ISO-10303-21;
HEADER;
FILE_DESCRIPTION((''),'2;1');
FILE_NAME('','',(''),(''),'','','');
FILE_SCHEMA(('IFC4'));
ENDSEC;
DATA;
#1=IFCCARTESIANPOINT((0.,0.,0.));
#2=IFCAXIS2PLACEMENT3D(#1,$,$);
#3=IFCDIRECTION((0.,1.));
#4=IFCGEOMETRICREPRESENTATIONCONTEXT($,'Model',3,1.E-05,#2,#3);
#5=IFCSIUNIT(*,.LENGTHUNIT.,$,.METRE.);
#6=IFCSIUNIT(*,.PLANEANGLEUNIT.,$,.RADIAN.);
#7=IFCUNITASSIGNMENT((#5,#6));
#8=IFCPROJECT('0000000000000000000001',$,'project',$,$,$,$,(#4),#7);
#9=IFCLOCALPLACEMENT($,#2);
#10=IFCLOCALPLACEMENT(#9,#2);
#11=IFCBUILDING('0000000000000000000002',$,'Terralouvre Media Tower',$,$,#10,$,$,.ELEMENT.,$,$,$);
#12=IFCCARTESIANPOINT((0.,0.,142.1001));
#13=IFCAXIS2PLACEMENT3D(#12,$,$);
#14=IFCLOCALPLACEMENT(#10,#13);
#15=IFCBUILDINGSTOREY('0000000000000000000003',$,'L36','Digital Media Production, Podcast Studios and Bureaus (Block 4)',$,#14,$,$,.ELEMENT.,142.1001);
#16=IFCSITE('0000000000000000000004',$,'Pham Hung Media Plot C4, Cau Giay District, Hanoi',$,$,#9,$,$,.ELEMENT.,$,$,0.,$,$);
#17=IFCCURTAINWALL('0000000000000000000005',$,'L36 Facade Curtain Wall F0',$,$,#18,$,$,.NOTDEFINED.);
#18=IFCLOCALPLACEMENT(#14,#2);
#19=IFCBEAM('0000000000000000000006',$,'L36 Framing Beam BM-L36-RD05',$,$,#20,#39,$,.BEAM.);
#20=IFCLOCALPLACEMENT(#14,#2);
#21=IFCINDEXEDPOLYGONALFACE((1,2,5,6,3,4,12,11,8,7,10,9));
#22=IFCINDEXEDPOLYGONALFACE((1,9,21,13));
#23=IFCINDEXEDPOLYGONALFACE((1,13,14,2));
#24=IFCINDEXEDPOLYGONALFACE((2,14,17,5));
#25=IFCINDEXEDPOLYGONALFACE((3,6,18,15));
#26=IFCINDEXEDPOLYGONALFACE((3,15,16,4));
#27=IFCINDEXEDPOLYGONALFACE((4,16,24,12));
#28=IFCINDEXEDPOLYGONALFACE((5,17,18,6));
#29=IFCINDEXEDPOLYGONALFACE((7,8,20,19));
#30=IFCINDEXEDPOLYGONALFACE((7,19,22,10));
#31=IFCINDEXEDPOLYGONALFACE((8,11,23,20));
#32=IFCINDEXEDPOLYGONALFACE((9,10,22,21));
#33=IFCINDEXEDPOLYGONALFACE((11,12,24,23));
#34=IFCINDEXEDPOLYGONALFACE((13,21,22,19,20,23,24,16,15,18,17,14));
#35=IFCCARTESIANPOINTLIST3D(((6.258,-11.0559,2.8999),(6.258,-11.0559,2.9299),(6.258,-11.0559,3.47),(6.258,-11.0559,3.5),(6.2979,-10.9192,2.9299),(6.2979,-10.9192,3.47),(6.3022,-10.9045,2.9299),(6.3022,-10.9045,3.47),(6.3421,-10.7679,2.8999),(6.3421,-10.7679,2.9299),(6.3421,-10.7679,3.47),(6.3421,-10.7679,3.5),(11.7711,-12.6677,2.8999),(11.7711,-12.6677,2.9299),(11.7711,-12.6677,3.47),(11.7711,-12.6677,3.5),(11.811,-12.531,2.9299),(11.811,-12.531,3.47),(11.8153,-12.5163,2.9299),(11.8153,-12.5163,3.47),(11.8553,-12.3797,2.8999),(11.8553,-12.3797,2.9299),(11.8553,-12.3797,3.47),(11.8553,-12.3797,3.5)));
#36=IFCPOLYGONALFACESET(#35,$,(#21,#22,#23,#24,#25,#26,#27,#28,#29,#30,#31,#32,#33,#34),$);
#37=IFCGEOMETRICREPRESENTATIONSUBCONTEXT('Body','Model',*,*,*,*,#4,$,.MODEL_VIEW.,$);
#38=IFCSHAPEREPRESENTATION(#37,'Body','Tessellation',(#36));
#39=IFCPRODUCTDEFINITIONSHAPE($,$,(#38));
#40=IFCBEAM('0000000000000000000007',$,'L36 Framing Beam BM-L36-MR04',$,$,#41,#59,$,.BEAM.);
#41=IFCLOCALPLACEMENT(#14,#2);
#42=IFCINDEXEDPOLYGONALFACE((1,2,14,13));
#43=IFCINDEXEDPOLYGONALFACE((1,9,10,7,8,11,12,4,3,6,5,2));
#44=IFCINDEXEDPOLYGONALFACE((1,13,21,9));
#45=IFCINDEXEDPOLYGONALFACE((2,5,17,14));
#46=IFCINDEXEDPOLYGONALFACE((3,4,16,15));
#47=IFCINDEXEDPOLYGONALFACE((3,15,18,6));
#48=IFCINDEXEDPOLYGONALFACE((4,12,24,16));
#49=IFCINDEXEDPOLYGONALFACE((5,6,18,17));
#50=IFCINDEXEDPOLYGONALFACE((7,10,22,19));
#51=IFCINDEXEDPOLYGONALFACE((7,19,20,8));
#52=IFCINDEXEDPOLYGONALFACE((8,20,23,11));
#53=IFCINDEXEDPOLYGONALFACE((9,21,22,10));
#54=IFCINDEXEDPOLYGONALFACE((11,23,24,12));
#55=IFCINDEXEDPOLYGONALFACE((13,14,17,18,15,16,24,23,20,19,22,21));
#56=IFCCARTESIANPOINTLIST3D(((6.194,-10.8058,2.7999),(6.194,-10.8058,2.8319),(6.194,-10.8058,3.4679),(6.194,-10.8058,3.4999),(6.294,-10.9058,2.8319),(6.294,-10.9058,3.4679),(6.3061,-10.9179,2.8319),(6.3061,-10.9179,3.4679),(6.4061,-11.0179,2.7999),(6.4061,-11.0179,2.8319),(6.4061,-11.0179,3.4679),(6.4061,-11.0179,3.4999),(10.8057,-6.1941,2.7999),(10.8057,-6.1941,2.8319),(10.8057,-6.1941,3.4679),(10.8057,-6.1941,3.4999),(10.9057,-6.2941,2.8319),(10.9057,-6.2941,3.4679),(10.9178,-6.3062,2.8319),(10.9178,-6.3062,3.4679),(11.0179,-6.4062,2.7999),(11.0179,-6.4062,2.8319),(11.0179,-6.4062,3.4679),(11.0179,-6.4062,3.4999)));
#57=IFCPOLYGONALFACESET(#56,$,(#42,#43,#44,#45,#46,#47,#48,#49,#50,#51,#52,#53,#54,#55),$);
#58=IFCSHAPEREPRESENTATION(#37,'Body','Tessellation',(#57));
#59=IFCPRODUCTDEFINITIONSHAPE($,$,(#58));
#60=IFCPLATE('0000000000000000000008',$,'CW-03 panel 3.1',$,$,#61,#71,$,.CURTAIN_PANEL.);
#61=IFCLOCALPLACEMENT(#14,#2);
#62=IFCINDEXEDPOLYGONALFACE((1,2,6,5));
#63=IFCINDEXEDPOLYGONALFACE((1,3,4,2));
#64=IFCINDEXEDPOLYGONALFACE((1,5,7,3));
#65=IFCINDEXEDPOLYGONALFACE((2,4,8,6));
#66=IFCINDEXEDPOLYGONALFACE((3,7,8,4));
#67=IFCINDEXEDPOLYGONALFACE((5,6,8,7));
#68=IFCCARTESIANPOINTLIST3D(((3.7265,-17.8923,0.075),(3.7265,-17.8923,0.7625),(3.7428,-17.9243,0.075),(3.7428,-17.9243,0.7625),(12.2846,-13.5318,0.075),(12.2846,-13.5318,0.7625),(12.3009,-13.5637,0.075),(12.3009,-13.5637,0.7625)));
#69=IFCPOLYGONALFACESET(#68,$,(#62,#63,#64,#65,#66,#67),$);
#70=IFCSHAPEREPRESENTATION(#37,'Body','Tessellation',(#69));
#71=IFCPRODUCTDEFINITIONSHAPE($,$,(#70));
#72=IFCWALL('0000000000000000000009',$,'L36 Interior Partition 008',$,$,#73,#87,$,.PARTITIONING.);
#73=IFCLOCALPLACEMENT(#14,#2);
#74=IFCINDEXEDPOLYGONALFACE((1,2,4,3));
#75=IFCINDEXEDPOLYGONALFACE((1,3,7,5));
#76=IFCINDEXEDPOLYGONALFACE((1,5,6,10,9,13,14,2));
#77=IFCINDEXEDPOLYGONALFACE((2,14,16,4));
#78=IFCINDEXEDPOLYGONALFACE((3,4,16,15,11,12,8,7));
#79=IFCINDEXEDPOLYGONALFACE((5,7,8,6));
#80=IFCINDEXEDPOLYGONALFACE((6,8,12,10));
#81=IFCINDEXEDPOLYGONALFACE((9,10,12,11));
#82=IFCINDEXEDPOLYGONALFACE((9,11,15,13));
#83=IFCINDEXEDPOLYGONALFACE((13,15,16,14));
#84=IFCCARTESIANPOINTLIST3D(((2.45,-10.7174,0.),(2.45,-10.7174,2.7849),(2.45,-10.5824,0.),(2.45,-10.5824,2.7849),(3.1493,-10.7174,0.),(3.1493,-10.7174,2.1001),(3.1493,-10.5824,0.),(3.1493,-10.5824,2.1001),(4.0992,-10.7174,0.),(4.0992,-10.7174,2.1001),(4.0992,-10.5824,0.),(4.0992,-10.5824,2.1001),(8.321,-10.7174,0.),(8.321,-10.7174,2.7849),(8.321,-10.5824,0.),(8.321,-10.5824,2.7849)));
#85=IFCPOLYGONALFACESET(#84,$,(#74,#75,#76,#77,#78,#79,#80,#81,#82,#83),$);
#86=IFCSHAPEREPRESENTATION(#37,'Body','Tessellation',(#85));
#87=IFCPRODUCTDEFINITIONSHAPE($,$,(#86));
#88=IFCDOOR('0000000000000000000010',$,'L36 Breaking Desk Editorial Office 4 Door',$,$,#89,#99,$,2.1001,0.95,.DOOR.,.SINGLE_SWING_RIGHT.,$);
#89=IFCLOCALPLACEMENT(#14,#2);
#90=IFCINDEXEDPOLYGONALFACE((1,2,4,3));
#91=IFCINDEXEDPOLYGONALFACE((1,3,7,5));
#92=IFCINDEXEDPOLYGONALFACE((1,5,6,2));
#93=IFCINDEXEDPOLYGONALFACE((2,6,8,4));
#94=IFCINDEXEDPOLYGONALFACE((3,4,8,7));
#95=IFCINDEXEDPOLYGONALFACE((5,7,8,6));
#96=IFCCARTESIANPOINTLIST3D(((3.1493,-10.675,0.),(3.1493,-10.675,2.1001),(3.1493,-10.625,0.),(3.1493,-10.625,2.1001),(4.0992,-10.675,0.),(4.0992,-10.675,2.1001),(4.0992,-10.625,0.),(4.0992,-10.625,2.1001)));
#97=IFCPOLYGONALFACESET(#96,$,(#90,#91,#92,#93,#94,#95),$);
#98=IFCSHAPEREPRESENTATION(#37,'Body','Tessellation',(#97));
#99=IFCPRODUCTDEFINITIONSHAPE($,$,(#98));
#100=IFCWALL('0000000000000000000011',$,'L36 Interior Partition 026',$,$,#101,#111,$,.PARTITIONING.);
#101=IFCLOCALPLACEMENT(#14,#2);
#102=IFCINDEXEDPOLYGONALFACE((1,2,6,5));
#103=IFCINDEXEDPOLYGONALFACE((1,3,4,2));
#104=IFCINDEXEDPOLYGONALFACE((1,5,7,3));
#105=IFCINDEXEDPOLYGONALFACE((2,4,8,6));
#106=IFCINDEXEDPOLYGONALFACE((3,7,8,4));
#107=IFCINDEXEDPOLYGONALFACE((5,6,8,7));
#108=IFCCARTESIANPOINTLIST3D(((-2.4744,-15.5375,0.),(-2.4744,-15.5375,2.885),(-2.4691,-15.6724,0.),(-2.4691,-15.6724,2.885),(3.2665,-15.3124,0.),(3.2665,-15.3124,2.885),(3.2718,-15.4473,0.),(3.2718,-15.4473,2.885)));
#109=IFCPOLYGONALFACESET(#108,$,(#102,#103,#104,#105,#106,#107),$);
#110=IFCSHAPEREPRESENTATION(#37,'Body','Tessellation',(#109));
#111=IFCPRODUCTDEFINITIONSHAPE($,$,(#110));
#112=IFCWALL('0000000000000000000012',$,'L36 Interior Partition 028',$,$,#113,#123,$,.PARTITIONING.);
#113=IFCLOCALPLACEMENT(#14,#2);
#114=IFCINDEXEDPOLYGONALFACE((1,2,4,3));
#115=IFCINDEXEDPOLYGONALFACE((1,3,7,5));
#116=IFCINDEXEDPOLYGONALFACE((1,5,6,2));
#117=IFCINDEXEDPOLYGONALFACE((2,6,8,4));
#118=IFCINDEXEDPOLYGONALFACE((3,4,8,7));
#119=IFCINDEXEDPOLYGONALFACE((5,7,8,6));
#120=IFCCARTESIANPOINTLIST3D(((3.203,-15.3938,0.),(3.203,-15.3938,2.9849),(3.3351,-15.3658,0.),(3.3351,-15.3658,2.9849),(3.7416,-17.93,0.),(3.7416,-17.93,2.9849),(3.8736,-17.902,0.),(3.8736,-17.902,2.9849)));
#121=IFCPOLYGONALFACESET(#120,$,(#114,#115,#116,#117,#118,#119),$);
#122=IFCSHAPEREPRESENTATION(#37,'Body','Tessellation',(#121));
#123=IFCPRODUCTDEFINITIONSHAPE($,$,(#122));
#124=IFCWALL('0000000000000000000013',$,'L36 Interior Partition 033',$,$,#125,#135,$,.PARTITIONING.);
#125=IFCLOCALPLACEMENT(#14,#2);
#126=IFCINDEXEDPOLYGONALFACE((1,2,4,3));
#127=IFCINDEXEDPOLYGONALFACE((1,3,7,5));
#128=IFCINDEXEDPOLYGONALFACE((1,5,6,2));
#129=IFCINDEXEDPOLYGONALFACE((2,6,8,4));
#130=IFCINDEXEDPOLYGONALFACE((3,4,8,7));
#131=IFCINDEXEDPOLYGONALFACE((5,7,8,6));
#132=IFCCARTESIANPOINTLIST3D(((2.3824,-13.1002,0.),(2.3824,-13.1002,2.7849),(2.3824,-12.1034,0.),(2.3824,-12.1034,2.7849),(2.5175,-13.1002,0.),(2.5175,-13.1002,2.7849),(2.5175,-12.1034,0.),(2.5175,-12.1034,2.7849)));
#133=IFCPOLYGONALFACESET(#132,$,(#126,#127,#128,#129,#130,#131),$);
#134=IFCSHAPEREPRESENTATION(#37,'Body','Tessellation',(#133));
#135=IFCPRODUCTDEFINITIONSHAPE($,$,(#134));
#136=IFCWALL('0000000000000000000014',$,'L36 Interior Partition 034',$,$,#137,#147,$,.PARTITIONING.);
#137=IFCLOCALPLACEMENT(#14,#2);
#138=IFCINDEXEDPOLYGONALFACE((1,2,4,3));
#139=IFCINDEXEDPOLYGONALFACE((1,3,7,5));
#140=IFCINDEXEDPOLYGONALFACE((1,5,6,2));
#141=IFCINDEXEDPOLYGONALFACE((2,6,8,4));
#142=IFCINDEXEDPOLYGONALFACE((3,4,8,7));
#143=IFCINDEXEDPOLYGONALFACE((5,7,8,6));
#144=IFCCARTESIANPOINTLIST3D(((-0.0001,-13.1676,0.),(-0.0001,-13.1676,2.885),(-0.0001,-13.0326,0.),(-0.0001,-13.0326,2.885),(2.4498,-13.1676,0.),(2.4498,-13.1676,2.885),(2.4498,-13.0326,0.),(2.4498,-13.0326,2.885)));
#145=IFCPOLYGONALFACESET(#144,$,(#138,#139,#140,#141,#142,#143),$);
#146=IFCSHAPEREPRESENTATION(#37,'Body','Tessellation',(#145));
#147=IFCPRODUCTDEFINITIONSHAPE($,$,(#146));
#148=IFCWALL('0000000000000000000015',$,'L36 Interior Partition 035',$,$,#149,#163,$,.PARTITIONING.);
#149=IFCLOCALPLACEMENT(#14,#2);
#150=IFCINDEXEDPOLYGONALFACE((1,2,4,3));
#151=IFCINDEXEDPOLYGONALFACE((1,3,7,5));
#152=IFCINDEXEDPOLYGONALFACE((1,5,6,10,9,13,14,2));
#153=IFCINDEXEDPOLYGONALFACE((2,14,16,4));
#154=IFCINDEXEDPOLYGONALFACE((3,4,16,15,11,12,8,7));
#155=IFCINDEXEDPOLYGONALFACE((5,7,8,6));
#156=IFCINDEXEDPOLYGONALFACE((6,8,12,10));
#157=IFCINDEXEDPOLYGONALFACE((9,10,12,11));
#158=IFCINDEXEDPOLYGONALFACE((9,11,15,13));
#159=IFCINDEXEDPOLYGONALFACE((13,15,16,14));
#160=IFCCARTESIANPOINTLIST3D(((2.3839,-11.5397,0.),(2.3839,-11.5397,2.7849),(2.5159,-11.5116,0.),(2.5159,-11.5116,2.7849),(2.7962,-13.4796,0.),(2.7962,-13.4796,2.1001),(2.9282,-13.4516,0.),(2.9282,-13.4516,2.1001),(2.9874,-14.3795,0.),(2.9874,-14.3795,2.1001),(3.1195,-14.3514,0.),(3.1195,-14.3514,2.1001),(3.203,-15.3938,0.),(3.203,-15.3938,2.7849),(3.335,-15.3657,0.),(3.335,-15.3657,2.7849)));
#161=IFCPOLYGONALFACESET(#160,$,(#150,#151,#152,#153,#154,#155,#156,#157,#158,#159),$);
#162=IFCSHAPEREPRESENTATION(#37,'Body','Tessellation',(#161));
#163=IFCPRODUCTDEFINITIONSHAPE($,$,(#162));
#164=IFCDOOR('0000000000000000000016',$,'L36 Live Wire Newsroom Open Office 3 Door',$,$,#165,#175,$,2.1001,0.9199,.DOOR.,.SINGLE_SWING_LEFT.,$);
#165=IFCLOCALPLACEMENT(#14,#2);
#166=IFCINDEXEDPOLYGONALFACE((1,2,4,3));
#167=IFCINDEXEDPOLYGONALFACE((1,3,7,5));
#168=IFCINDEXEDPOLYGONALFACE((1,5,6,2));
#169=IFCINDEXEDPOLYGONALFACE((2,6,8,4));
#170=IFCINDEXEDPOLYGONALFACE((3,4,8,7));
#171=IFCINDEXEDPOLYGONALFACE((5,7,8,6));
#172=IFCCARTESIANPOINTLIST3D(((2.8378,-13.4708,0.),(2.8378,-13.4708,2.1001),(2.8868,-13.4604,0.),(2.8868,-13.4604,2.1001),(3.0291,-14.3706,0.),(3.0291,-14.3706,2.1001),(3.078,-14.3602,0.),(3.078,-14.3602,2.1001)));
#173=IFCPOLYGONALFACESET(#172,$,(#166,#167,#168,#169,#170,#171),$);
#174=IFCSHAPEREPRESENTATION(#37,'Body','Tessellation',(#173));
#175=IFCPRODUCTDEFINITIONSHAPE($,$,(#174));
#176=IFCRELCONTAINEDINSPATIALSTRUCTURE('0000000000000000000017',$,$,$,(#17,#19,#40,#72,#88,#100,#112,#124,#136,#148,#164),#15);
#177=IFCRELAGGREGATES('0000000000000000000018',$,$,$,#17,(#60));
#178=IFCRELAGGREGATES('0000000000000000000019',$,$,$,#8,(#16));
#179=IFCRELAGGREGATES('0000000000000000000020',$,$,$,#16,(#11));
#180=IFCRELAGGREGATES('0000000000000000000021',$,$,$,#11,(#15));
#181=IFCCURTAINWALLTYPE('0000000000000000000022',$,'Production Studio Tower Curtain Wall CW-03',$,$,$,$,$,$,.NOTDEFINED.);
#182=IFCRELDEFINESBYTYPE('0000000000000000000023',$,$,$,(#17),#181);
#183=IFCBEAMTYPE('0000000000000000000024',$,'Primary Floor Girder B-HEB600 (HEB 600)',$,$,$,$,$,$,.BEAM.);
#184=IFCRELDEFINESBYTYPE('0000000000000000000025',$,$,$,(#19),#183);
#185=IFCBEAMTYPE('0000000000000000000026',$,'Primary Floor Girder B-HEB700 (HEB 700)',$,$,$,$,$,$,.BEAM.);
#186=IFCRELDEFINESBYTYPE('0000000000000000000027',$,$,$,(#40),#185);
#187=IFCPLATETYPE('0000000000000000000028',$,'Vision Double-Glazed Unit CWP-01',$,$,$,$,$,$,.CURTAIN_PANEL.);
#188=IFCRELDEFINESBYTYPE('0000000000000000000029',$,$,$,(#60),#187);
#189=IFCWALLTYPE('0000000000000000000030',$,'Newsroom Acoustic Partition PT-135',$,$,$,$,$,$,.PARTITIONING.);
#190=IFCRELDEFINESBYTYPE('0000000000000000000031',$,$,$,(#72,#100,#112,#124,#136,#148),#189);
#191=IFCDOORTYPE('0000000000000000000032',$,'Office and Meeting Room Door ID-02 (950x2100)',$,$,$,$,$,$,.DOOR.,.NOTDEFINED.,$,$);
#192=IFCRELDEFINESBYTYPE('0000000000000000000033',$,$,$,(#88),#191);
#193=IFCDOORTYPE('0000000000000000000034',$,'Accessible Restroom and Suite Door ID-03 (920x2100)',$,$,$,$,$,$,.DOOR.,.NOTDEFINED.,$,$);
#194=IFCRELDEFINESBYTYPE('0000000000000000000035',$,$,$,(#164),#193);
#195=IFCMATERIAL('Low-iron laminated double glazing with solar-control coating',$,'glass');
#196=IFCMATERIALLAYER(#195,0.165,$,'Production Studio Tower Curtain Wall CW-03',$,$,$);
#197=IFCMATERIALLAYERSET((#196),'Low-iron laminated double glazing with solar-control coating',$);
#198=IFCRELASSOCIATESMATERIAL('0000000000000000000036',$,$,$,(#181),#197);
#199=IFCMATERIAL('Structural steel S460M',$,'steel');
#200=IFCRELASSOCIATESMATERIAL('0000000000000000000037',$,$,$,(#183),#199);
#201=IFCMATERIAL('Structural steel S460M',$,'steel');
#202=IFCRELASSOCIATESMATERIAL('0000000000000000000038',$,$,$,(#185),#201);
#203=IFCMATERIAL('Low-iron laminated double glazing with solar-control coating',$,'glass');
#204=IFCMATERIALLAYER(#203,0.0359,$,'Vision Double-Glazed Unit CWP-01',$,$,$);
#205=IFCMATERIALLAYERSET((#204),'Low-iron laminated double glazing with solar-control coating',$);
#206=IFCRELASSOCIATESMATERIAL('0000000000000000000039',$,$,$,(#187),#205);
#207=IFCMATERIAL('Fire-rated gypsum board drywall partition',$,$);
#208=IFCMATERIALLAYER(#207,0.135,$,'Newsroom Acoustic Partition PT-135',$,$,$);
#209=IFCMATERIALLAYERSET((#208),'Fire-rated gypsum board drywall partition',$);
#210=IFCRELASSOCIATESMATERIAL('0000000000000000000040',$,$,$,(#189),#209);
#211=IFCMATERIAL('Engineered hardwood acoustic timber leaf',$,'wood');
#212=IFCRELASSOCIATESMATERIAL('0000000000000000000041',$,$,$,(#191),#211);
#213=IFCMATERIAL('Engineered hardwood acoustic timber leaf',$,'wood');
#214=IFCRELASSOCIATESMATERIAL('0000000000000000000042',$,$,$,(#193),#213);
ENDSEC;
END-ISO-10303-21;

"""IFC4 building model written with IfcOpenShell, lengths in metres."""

from ifc_helpers import new_model, si_unit, direction, frame, frame_2d, origin, origin_2d, place, context, subcontext, project, spatial, rectangle, i_section, extrude, material, layer, layer_set, material_profile, profile_set, type_object, element, fill, aggregate, save


model = new_model("IFC4")

# Units and contexts
model_context = context("Model", 3, precision=1e-05, world=origin(), true_north=direction((0.0, 1.0)))
body_context = subcontext(model_context, "Body", "Model", "MODEL_VIEW")
ifc_project = project(units=[si_unit("LENGTHUNIT", "METRE"), si_unit("PLANEANGLEUNIT", "RADIAN")], contexts=[model_context])

# Site, building, storey
site_placement = place(None, origin())
site = spatial("IfcSite", under=ifc_project, at=site_placement, Name="Pham Hung Media Plot C4, Cau Giay District, Hanoi", CompositionType="ELEMENT", RefElevation=0.0)
building_placement = place(site_placement, origin())
building = spatial("IfcBuilding", under=site, at=building_placement, Name="Terralouvre Media Tower", CompositionType="ELEMENT")
storey_placement = place(building_placement, frame((0.0, 0.0, 142.1001)))
storey = spatial("IfcBuildingStorey", under=building, at=storey_placement, Name="L36", Description="Digital Media Production, Podcast Studios and Bureaus (Block 4)", CompositionType="ELEMENT", Elevation=142.1001)

# Curtain wall
ifc_material_1 = material(Name="Low-iron laminated double glazing with solar-control coating", Category="glass")
ifc_layer_1 = layer(ifc_material_1, 0.165, Name="Production Studio Tower Curtain Wall CW-03")
ifc_layer_set_1 = layer_set([ifc_layer_1], Name="Low-iron laminated double glazing with solar-control coating")
curtain_wall_type = type_object("IfcCurtainWallType", Name="Production Studio Tower Curtain Wall CW-03", PredefinedType="NOTDEFINED", material=ifc_layer_set_1)
curtain_wall_placement = place(storey_placement, origin())
curtain_wall = element("IfcCurtainWall", 1, at=curtain_wall_placement, inside=storey, type_object=curtain_wall_type, Name="L36 Facade Curtain Wall F0", PredefinedType="NOTDEFINED")

# Beams
ifc_material_2 = material(Name="Structural steel S460M", Category="steel")
ifc_material_profile_1 = material_profile(ifc_material_2, i_section(OverallWidth=0.3, OverallDepth=0.6001, WebThickness=0.0154, FlangeThickness=0.03, at=origin_2d()), Name="HEB 600")
ifc_profile_set_1 = profile_set([ifc_material_profile_1], Name="Structural steel S460M")
beam_type_1 = type_object("IfcBeamType", Name="Primary Floor Girder B-HEB600 (HEB 600)", PredefinedType="BEAM", material=ifc_profile_set_1)
beam_1_placement = place(storey_placement, frame((6.3, -10.9119, 3.2), z_axis=(0.959822, -0.28061, 0.0), x_axis=(0.28061, 0.959822, 0.0)))
element("IfcBeam", 2, at=beam_1_placement, inside=storey, type_object=beam_type_1, Name="L36 Framing Beam BM-L36-RD05", PredefinedType="BEAM", context=body_context, shape_type="SweptSolid", body=[
    extrude(i_section(OverallWidth=0.3, OverallDepth=0.6001, WebThickness=0.0154, FlangeThickness=0.03, at=origin_2d()), origin(), (0.0, 0.0, 1.0), 5.7439),
])
ifc_material_3 = material(Name="Structural steel S460M", Category="steel")
ifc_material_profile_2 = material_profile(ifc_material_3, i_section(OverallWidth=0.3, OverallDepth=0.7, WebThickness=0.0171, FlangeThickness=0.032, at=origin_2d()), Name="HEB 700")
ifc_profile_set_2 = profile_set([ifc_material_profile_2], Name="Structural steel S460M")
beam_type_2 = type_object("IfcBeamType", Name="Primary Floor Girder B-HEB700 (HEB 700)", PredefinedType="BEAM", material=ifc_profile_set_2)
beam_2_placement = place(storey_placement, frame((6.3, -10.9119, 3.1499), z_axis=(0.707107, 0.707107, 0.0), x_axis=(-0.707107, 0.707107, 0.0)))
element("IfcBeam", 3, at=beam_2_placement, inside=storey, type_object=beam_type_2, Name="L36 Framing Beam BM-L36-MR04", PredefinedType="BEAM", context=body_context, shape_type="SweptSolid", body=[
    extrude(i_section(OverallWidth=0.3, OverallDepth=0.7, WebThickness=0.0171, FlangeThickness=0.032, at=origin_2d()), origin(), (0.0, 0.0, 1.0), 6.522),
])

# Plate
ifc_material_4 = material(Name="Low-iron laminated double glazing with solar-control coating", Category="glass")
ifc_layer_2 = layer(ifc_material_4, 0.0359, Name="Vision Double-Glazed Unit CWP-01")
ifc_layer_set_2 = layer_set([ifc_layer_2], Name="Low-iron laminated double glazing with solar-control coating")
plate_type = type_object("IfcPlateType", Name="Vision Double-Glazed Unit CWP-01", PredefinedType="CURTAIN_PANEL", material=ifc_layer_set_2)
plate_placement = place(storey_placement, frame((8.0137, -15.728, 0.075), z_axis=(0.0, 0.0, 1.0), x_axis=(0.891007, 0.453991, 0.0)))
plate = element("IfcPlate", 4, at=plate_placement, type_object=plate_type, Name="CW-03 panel 3.1", PredefinedType="CURTAIN_PANEL", context=body_context, shape_type="SweptSolid", body=[
    extrude(rectangle(XDim=9.605, YDim=0.0359, at=origin_2d()), origin(), (0.0, 0.0, 1.0), 0.6875),
])
aggregate(curtain_wall, [plate])

# Wall, opening, door
ifc_material_5 = material(Name="Fire-rated gypsum board drywall partition")
ifc_layer_3 = layer(ifc_material_5, 0.135, Name="Newsroom Acoustic Partition PT-135")
ifc_layer_set_3 = layer_set([ifc_layer_3], Name="Fire-rated gypsum board drywall partition")
wall_type_1 = type_object("IfcWallType", Name="Newsroom Acoustic Partition PT-135", PredefinedType="PARTITIONING", material=ifc_layer_set_3)
wall_1_placement = place(storey_placement, frame((2.45, -10.6499, 0.0), z_axis=(0.0, 0.0, 1.0), x_axis=(1.0, 0.0, 0.0)))
wall_1 = element("IfcWall", 5, at=wall_1_placement, inside=storey, type_object=wall_type_1, Name="L36 Interior Partition 008", PredefinedType="PARTITIONING", context=body_context, shape_type="SweptSolid", body=[
    extrude(rectangle(XDim=5.8711, YDim=0.135, at=frame_2d((2.9355, 0.0))), origin(), (0.0, 0.0, 1.0), 2.7849),
])
opening_1_placement = place(wall_1_placement, frame((0.6992, 0.0, 0.0)))
opening_1 = element("IfcOpeningElement", 6, at=opening_1_placement, cuts=wall_1, PredefinedType="OPENING", context=body_context, shape_type="SweptSolid", body=[
    extrude(rectangle(XDim=0.95, YDim=2.1001, at=frame_2d((0.4751, 1.05))), frame((0.0, 0.0774, 0.0), z_axis=(0.0, -1.0, 0.0), x_axis=(1.0, 0.0, 0.0)), (0.0, 0.0, 1.0), 0.155),
])
ifc_material_6 = material(Name="Engineered hardwood acoustic timber leaf", Category="wood")
door_type_1 = type_object("IfcDoorType", Name="Office and Meeting Room Door ID-02 (950x2100)", OperationType="NOTDEFINED", PredefinedType="DOOR", material=ifc_material_6)
door_1_placement = place(opening_1_placement, origin())
door_1 = element("IfcDoor", 7, at=door_1_placement, inside=storey, type_object=door_type_1, Name="L36 Breaking Desk Editorial Office 4 Door", OperationType="SINGLE_SWING_RIGHT", OverallHeight=2.1001, OverallWidth=0.95, PredefinedType="DOOR", context=body_context, shape_type="SweptSolid", body=[
    extrude(rectangle(XDim=0.95, YDim=2.1001, at=frame_2d((0.4751, 1.05))), frame((0.0, 0.0249, 0.0), z_axis=(0.0, -1.0, 0.0), x_axis=(1.0, 0.0, 0.0)), (0.0, 0.0, 1.0), 0.05),
])
fill(opening_1, door_1)

# Walls
wall_2_placement = place(storey_placement, frame((3.269, -15.3799, 0.0), z_axis=(0.0, 0.0, 1.0), x_axis=(-0.999232, -0.039179, 0.0)))
element("IfcWall", 8, at=wall_2_placement, inside=storey, type_object=wall_type_1, Name="L36 Interior Partition 026", PredefinedType="PARTITIONING", context=body_context, shape_type="SweptSolid", body=[
    extrude(rectangle(XDim=5.7454, YDim=0.135, at=frame_2d((2.8726, 0.0))), origin(), (0.0, 0.0, 1.0), 2.885),
])
wall_3_placement = place(storey_placement, frame((3.8076, -17.916, 0.0), z_axis=(0.0, 0.0, 1.0), x_axis=(-0.207728, 0.978187, 0.0)))
element("IfcWall", 9, at=wall_3_placement, inside=storey, type_object=wall_type_1, Name="L36 Interior Partition 028", PredefinedType="PARTITIONING", context=body_context, shape_type="SweptSolid", body=[
    extrude(rectangle(XDim=2.5928, YDim=0.135, at=frame_2d((1.2964, 0.0))), origin(), (0.0, 0.0, 1.0), 2.9849),
])
wall_4_placement = place(storey_placement, frame((2.45, -12.1033, 0.0), z_axis=(0.0, 0.0, 1.0), x_axis=(0.0, -1.0, 0.0)))
element("IfcWall", 10, at=wall_4_placement, inside=storey, type_object=wall_type_1, Name="L36 Interior Partition 033", PredefinedType="PARTITIONING", context=body_context, shape_type="SweptSolid", body=[
    extrude(rectangle(XDim=0.9968, YDim=0.135, at=frame_2d((0.4985, 0.0))), origin(), (0.0, 0.0, 1.0), 2.7849),
])
wall_5_placement = place(storey_placement, frame((2.45, -13.1001, 0.0), z_axis=(0.0, 0.0, 1.0), x_axis=(-1.0, 0.0, 0.0)))
element("IfcWall", 11, at=wall_5_placement, inside=storey, type_object=wall_type_1, Name="L36 Interior Partition 034", PredefinedType="PARTITIONING", context=body_context, shape_type="SweptSolid", body=[
    extrude(rectangle(XDim=2.45, YDim=0.135, at=frame_2d((1.2251, 0.0))), origin(), (0.0, 0.0, 1.0), 2.885),
])

# Wall, opening, door
wall_6_placement = place(storey_placement, frame((3.269, -15.3799, 0.0), z_axis=(0.0, 0.0, 1.0), x_axis=(-0.207887, 0.978153, 0.0)))
wall_6 = element("IfcWall", 12, at=wall_6_placement, inside=storey, type_object=wall_type_1, Name="L36 Interior Partition 035", PredefinedType="PARTITIONING", context=body_context, shape_type="SweptSolid", body=[
    extrude(rectangle(XDim=3.9402, YDim=0.135, at=frame_2d((1.9702, 0.0))), origin(), (0.0, 0.0, 1.0), 2.7849),
])
opening_2_placement = place(wall_6_placement, frame((1.0371, 0.0, 0.0)))
opening_2 = element("IfcOpeningElement", 13, at=opening_2_placement, cuts=wall_6, PredefinedType="OPENING", context=body_context, shape_type="SweptSolid", body=[
    extrude(rectangle(XDim=0.9199, YDim=2.1001, at=frame_2d((0.46, 1.05))), frame((0.0, 0.0774, 0.0), z_axis=(0.0, -1.0, 0.0), x_axis=(1.0, 0.0, 0.0)), (0.0, 0.0, 1.0), 0.155),
])
ifc_material_7 = material(Name="Engineered hardwood acoustic timber leaf", Category="wood")
door_type_2 = type_object("IfcDoorType", Name="Accessible Restroom and Suite Door ID-03 (920x2100)", OperationType="NOTDEFINED", PredefinedType="DOOR", material=ifc_material_7)
door_2_placement = place(opening_2_placement, origin())
door_2 = element("IfcDoor", 14, at=door_2_placement, inside=storey, type_object=door_type_2, Name="L36 Live Wire Newsroom Open Office 3 Door", OperationType="SINGLE_SWING_LEFT", OverallHeight=2.1001, OverallWidth=0.9199, PredefinedType="DOOR", context=body_context, shape_type="SweptSolid", body=[
    extrude(rectangle(XDim=0.9199, YDim=2.1001, at=frame_2d((0.46, 1.05))), frame((0.0, 0.0249, 0.0), z_axis=(0.0, -1.0, 0.0), x_axis=(1.0, 0.0, 0.0)), (0.0, 0.0, 1.0), 0.05),
])
fill(opening_2, door_2)

save(model, "model.ifc")
